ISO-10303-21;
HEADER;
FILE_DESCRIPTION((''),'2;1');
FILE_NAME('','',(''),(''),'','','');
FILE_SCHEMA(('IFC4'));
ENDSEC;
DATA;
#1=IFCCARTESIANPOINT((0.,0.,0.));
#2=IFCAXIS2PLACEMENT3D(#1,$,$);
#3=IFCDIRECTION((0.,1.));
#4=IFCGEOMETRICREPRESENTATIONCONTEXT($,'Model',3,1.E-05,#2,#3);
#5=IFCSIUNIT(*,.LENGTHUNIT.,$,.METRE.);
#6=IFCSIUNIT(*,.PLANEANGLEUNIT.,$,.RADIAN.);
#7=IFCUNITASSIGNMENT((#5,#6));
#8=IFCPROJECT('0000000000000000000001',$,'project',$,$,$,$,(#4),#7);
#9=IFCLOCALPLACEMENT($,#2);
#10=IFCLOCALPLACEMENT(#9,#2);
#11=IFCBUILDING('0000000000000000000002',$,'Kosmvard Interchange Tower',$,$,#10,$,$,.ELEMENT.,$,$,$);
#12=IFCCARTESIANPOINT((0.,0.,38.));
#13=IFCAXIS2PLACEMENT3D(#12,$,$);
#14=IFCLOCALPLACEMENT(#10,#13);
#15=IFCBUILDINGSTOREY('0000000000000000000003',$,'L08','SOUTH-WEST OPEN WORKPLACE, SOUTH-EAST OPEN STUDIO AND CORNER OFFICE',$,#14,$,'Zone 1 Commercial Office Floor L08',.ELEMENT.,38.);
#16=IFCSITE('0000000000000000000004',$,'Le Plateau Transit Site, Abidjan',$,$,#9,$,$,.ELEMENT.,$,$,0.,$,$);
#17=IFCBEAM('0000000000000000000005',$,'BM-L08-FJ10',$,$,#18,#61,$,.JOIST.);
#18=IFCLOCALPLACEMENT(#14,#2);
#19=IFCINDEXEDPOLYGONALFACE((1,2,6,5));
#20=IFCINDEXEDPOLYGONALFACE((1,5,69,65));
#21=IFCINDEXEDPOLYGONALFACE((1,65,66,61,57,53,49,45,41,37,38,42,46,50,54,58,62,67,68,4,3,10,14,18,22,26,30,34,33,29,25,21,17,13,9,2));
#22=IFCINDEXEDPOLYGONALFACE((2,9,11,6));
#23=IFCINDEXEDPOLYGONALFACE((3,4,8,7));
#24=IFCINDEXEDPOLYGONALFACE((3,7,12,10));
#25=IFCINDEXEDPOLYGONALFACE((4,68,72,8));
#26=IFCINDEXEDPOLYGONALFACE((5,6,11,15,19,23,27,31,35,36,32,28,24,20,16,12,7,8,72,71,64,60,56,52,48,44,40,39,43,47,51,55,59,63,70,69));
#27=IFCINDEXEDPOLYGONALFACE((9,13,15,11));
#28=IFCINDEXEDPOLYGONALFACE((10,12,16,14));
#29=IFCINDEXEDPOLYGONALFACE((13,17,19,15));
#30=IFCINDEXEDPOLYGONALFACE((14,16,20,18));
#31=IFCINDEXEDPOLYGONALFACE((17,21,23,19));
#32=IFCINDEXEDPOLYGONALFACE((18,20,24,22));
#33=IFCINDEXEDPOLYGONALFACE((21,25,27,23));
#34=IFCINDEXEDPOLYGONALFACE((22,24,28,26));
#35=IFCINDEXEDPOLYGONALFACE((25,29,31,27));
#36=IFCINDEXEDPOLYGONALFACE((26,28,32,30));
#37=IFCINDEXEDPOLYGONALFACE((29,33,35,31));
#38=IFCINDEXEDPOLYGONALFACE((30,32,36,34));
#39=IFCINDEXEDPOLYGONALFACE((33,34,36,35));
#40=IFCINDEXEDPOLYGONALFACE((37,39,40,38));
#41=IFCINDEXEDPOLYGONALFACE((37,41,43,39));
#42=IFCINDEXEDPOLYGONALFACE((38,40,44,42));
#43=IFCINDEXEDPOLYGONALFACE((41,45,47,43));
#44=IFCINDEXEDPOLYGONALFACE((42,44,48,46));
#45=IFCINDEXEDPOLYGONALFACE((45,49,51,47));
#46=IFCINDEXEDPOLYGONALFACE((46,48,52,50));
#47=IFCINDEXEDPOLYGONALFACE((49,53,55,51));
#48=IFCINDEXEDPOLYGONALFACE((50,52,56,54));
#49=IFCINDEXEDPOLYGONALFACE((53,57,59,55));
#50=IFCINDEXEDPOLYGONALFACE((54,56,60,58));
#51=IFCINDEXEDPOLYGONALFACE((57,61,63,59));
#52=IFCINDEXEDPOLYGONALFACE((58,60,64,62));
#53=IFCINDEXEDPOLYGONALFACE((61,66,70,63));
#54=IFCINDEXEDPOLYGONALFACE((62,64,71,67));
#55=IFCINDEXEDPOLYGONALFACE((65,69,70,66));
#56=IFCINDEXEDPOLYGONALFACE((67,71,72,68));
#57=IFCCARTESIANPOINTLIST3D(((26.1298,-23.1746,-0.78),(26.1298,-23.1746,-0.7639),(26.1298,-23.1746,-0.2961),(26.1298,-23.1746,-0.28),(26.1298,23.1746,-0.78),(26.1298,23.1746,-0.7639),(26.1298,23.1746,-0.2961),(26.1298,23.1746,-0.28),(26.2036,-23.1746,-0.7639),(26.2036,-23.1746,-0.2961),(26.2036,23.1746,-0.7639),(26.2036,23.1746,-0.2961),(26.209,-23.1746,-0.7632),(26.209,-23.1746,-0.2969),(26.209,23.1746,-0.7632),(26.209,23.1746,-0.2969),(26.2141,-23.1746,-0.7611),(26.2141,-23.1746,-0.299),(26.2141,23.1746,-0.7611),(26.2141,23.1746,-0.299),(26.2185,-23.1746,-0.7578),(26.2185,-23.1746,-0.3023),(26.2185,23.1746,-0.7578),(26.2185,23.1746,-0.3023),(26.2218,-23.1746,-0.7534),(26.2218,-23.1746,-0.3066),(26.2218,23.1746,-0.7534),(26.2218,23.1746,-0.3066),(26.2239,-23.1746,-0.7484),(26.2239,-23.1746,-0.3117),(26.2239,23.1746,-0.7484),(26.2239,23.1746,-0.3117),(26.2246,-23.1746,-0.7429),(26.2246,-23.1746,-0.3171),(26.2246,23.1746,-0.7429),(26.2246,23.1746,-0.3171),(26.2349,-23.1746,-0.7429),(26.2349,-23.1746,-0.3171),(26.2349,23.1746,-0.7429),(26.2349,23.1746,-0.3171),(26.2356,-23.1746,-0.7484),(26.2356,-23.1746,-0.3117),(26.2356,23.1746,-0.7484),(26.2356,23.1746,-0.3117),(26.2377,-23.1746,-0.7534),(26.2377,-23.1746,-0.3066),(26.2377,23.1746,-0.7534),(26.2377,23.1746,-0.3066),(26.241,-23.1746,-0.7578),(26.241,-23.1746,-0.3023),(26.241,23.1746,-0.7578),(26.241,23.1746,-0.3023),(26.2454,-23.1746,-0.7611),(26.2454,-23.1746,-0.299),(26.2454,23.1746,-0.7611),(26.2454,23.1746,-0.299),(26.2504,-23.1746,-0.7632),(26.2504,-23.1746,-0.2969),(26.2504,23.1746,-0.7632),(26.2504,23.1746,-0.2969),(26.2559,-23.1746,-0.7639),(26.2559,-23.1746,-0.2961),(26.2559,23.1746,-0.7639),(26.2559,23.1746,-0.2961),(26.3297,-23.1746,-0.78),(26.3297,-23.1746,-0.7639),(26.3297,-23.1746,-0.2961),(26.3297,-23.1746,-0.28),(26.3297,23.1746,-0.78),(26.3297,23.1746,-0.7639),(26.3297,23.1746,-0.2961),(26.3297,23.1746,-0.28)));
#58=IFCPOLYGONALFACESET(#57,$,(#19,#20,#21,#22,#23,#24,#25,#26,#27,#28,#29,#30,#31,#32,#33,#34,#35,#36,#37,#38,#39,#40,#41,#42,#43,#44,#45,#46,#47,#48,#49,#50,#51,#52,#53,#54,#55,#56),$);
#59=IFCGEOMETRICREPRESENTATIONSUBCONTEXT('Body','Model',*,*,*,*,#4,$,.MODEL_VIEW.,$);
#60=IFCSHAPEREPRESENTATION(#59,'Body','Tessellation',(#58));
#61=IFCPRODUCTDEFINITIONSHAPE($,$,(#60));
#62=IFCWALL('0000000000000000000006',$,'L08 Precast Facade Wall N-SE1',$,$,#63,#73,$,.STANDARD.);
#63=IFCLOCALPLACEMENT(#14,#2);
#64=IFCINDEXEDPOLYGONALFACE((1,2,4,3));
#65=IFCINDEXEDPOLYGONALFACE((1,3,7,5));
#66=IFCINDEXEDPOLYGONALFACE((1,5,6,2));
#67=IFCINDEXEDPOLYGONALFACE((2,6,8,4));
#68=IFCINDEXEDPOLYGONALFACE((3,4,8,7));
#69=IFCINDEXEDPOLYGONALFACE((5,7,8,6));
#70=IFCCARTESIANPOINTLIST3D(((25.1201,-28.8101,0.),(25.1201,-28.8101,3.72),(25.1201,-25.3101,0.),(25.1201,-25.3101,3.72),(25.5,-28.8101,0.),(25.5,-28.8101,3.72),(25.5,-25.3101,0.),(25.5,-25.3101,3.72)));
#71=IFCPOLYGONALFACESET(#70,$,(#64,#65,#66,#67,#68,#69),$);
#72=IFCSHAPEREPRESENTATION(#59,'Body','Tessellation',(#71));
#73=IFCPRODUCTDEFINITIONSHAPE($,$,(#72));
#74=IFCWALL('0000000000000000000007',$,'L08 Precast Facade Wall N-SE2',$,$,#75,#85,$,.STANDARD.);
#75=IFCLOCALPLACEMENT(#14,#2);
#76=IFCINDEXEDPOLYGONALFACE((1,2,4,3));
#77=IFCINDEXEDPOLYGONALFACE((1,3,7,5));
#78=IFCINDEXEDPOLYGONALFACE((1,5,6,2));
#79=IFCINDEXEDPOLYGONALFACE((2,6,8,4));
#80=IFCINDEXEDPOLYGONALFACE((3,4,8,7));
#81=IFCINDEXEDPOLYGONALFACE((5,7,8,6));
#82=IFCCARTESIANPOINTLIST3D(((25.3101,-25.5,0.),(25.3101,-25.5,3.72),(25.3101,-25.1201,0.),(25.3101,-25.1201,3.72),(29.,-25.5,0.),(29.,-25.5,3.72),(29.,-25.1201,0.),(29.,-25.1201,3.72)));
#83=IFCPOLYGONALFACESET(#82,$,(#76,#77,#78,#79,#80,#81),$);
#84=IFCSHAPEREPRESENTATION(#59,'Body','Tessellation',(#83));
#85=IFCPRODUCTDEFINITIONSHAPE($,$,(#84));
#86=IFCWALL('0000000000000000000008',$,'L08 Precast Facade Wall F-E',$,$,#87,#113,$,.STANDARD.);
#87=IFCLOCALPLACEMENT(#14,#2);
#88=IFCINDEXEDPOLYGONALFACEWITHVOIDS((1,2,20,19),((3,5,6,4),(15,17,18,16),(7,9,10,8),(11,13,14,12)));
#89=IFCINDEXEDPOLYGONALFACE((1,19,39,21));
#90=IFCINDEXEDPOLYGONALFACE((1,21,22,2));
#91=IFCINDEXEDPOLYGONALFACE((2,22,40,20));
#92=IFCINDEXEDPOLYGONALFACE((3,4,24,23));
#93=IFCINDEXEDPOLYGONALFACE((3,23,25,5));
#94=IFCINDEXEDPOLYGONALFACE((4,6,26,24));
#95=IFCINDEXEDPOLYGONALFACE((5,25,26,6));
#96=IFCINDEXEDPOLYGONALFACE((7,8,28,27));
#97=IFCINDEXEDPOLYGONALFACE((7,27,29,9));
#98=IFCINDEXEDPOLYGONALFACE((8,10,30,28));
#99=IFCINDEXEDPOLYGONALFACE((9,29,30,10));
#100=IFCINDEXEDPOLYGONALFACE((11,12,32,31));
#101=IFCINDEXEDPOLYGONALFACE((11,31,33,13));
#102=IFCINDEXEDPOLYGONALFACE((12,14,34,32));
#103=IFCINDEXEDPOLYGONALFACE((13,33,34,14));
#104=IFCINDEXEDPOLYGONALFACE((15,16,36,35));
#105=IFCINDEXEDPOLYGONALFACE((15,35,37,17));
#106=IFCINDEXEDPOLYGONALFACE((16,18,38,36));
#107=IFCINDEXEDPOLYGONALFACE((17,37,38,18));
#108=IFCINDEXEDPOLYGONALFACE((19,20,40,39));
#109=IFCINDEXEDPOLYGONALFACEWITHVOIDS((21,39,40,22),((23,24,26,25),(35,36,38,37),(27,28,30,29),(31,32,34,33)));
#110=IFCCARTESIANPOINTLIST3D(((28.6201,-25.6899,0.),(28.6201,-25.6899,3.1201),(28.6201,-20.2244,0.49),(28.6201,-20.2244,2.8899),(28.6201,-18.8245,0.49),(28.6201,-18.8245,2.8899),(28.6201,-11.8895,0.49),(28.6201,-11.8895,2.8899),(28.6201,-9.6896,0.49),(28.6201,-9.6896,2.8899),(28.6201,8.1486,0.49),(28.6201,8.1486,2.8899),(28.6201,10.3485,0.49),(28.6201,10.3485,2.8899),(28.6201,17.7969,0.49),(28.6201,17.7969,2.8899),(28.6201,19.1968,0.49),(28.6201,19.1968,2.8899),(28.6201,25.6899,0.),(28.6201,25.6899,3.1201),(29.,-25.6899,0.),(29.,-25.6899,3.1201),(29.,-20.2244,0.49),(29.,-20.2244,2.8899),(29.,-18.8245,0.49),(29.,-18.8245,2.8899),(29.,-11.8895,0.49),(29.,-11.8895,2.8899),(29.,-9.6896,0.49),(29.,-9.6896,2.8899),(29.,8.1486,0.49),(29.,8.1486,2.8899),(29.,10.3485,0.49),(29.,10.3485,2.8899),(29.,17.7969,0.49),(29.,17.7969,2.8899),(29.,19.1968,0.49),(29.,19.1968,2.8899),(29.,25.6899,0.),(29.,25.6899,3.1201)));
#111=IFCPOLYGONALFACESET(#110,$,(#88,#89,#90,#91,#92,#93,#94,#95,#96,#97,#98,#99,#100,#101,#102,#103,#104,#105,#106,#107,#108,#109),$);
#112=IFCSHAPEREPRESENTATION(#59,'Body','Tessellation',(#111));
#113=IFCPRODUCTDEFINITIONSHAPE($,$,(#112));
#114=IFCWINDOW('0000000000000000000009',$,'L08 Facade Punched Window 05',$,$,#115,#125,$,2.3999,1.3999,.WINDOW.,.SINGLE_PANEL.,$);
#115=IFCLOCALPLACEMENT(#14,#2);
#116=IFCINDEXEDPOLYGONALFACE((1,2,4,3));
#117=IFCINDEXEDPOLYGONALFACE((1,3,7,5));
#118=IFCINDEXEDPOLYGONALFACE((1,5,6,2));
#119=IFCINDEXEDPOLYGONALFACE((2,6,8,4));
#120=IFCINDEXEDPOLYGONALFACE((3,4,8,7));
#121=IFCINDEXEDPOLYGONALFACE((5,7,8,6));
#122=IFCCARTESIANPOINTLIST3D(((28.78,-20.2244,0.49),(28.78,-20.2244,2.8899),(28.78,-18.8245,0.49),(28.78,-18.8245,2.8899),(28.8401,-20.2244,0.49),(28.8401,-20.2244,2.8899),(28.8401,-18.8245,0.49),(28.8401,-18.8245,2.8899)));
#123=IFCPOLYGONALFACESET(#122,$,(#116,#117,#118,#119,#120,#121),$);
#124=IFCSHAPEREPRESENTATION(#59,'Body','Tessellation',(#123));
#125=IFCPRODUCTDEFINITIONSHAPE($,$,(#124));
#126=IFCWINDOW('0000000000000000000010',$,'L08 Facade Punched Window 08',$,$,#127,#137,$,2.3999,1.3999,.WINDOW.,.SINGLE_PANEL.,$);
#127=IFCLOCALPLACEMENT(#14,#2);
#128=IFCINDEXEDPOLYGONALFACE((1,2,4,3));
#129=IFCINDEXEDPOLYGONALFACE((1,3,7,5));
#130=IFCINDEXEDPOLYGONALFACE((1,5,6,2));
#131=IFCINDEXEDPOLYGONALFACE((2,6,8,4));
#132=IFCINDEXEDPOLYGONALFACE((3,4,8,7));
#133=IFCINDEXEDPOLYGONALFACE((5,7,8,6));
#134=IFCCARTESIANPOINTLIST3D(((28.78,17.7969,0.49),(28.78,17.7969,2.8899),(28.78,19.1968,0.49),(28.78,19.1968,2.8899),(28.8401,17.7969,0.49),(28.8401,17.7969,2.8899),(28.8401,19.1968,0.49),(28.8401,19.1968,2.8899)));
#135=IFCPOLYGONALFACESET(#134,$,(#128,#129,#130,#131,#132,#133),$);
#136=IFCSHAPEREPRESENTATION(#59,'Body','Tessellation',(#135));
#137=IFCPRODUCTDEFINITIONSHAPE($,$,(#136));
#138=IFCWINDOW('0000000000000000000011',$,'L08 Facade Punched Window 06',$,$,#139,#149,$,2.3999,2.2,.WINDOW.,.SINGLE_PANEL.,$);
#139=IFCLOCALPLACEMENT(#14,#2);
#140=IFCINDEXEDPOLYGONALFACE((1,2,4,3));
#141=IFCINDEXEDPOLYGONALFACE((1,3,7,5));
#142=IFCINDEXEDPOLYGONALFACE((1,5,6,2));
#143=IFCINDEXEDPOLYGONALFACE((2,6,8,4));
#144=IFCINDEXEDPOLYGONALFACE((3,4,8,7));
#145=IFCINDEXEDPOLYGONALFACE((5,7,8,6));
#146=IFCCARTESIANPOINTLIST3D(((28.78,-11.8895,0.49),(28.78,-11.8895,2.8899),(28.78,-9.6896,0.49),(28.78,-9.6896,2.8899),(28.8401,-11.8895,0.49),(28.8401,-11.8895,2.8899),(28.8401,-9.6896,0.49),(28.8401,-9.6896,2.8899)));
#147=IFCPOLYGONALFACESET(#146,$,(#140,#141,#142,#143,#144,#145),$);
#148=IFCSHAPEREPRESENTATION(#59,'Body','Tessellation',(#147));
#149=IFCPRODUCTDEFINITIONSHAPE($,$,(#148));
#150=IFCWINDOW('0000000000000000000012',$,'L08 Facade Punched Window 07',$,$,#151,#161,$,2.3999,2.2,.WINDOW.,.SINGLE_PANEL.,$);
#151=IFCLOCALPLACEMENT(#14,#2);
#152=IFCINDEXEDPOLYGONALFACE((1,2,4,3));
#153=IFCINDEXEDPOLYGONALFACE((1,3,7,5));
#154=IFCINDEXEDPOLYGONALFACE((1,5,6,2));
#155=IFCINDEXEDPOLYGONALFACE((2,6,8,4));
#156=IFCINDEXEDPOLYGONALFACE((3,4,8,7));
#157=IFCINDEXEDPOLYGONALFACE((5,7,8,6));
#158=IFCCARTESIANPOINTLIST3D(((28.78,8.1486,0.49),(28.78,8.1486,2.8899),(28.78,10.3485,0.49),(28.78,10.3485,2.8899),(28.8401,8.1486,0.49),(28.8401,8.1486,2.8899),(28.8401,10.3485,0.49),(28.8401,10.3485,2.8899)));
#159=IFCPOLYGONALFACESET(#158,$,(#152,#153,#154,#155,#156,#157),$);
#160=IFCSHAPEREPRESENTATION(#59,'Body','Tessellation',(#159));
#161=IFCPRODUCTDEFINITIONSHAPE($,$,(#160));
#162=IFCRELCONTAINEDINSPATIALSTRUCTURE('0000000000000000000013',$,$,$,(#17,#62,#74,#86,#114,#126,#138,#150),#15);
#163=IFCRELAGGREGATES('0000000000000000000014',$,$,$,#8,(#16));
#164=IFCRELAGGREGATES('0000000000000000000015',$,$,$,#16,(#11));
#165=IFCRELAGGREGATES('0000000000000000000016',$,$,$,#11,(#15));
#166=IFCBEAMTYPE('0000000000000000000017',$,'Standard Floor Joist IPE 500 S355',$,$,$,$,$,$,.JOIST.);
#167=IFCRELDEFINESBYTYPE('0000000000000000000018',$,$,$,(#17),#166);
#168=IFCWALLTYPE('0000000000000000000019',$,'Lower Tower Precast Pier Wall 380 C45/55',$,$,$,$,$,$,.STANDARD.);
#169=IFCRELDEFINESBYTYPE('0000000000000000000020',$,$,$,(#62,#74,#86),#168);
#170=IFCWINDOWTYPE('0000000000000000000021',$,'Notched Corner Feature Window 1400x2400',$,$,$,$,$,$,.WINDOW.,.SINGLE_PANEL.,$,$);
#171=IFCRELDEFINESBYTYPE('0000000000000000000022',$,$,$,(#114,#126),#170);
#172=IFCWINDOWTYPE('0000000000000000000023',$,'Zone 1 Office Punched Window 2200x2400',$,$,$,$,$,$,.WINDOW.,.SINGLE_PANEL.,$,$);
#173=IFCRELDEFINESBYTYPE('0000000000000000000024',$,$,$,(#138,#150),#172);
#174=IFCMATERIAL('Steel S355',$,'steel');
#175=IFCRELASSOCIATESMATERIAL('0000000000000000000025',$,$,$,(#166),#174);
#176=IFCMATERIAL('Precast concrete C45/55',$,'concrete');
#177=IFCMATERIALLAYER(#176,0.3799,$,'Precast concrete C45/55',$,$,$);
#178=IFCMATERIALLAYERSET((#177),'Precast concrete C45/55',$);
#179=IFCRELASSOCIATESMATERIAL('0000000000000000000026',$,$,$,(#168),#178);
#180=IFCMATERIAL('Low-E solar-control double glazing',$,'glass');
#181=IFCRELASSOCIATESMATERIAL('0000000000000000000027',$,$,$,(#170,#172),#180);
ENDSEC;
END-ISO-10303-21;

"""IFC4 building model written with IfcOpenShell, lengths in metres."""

from ifc_helpers import new_model, si_unit, direction, frame, frame_2d, origin, origin_2d, place, context, subcontext, project, spatial, rectangle, i_section, extrude, source, transform, mapped, material, layer, layer_set, material_profile, profile_set, type_object, element, fill, save


model = new_model("IFC4")

# Units and contexts
model_context = context("Model", 3, precision=1e-05, world=origin(), true_north=direction((0.0, 1.0)))
body_context = subcontext(model_context, "Body", "Model", "MODEL_VIEW")
ifc_project = project(units=[si_unit("LENGTHUNIT", "METRE"), si_unit("PLANEANGLEUNIT", "RADIAN")], contexts=[model_context])

# Site, building, storey
site_placement = place(None, origin())
site = spatial("IfcSite", under=ifc_project, at=site_placement, Name="Le Plateau Transit Site, Abidjan", CompositionType="ELEMENT", RefElevation=0.0)
building_placement = place(site_placement, origin())
building = spatial("IfcBuilding", under=site, at=building_placement, Name="Kosmvard Interchange Tower", CompositionType="ELEMENT")
storey_placement = place(building_placement, frame((0.0, 0.0, 38.0)))
storey = spatial("IfcBuildingStorey", under=building, at=storey_placement, Name="L08", Description="SOUTH-WEST OPEN WORKPLACE, SOUTH-EAST OPEN STUDIO AND CORNER OFFICE", LongName="Zone 1 Commercial Office Floor L08", CompositionType="ELEMENT", Elevation=38.0)

# Beam
ifc_material_1 = material(Name="Steel S355", Category="steel")
ifc_material_2 = material(Name="Precast concrete C45/55", Category="concrete")
ifc_material_profile_1 = material_profile(ifc_material_1, i_section(OverallWidth=0.2, OverallDepth=0.5, WebThickness=0.0103, FlangeThickness=0.0161, FilletRadius=0.021, at=origin_2d()), Name="IPE 500")
ifc_profile_set_1 = profile_set([ifc_material_profile_1], Name="Steel S355")
beam_type_1 = type_object("IfcBeamType", Name="Standard Floor Joist IPE 500 S355", PredefinedType="JOIST", material=ifc_profile_set_1)
shared_shape_1 = source(origin(), body_context, "Body", "SweptSolid", [
    extrude(i_section(OverallWidth=0.2, OverallDepth=0.5, WebThickness=0.0103, FlangeThickness=0.0161, FilletRadius=0.021, at=origin_2d()), origin(), (0.0, 0.0, 1.0), 46.3491),
])
beam_1_placement = place(storey_placement, frame((26.2297, -23.1746, -0.53), z_axis=(0.0, 1.0, 0.0), x_axis=(-1.0, 0.0, 0.0)))
element("IfcBeam", 1, at=beam_1_placement, inside=storey, type_object=beam_type_1, Name="BM-L08-FJ10", PredefinedType="JOIST", context=body_context, shape_type="MappedRepresentation", body=[
    mapped(shared_shape_1, transform((0.0, 0.0, 0.0), scale=1.0)),
])

# Walls
ifc_layer_1 = layer(ifc_material_2, 0.3799, Name="Precast concrete C45/55")
ifc_layer_set_1 = layer_set([ifc_layer_1], Name="Precast concrete C45/55")
wall_type = type_object("IfcWallType", Name="Lower Tower Precast Pier Wall 380 C45/55", PredefinedType="STANDARD", material=ifc_layer_set_1)
wall_1_placement = place(storey_placement, frame((25.3101, -28.8101, 0.0), z_axis=(0.0, 0.0, 1.0), x_axis=(0.0, 1.0, 0.0)))
element("IfcWall", 2, at=wall_1_placement, inside=storey, type_object=wall_type, Name="L08 Precast Facade Wall N-SE1", PredefinedType="STANDARD", context=body_context, shape_type="SweptSolid", body=[
    extrude(rectangle(XDim=3.5, YDim=0.3799, at=frame_2d((1.75, 0.0))), origin(), (0.0, 0.0, 1.0), 3.72),
])
wall_2_placement = place(storey_placement, frame((25.3101, -25.3101, 0.0), z_axis=(0.0, 0.0, 1.0), x_axis=(1.0, 0.0, 0.0)))
element("IfcWall", 3, at=wall_2_placement, inside=storey, type_object=wall_type, Name="L08 Precast Facade Wall N-SE2", PredefinedType="STANDARD", context=body_context, shape_type="SweptSolid", body=[
    extrude(rectangle(XDim=3.6899, YDim=0.3799, at=frame_2d((1.845, 0.0))), origin(), (0.0, 0.0, 1.0), 3.72),
])

# Wall, openings, windows
wall_3_placement = place(storey_placement, frame((28.8101, -25.6899, 0.0), z_axis=(0.0, 0.0, 1.0), x_axis=(0.0, 1.0, 0.0)))
wall_3 = element("IfcWall", 4, at=wall_3_placement, inside=storey, type_object=wall_type, Name="L08 Precast Facade Wall F-E", PredefinedType="STANDARD", context=body_context, shape_type="SweptSolid", body=[
    extrude(rectangle(XDim=51.3799, YDim=0.3799, at=frame_2d((25.6899, 0.0))), origin(), (0.0, 0.0, 1.0), 3.1201),
])
opening_1_placement = place(wall_3_placement, frame((5.4656, 0.0, 0.49)))
opening_1 = element("IfcOpeningElement", 5, at=opening_1_placement, cuts=wall_3, PredefinedType="OPENING", context=body_context, shape_type="SweptSolid", body=[
    extrude(rectangle(XDim=1.3999, YDim=2.3999, at=frame_2d((0.7, 1.2))), frame((0.0, 0.2, 0.0), z_axis=(0.0, -1.0, 0.0), x_axis=(1.0, 0.0, 0.0)), (0.0, 0.0, 1.0), 0.3999),
])
opening_2_placement = place(wall_3_placement, frame((13.8003, 0.0, 0.49)))
opening_2 = element("IfcOpeningElement", 6, at=opening_2_placement, cuts=wall_3, PredefinedType="OPENING", context=body_context, shape_type="SweptSolid", body=[
    extrude(rectangle(XDim=2.2, YDim=2.3999, at=frame_2d((1.1001, 1.2))), frame((0.0, 0.2, 0.0), z_axis=(0.0, -1.0, 0.0), x_axis=(1.0, 0.0, 0.0)), (0.0, 0.0, 1.0), 0.3999),
])
opening_3_placement = place(wall_3_placement, frame((33.8384, 0.0, 0.49)))
opening_3 = element("IfcOpeningElement", 7, at=opening_3_placement, cuts=wall_3, PredefinedType="OPENING", context=body_context, shape_type="SweptSolid", body=[
    extrude(rectangle(XDim=2.2, YDim=2.3999, at=frame_2d((1.1001, 1.2))), frame((0.0, 0.2, 0.0), z_axis=(0.0, -1.0, 0.0), x_axis=(1.0, 0.0, 0.0)), (0.0, 0.0, 1.0), 0.3999),
])
opening_4_placement = place(wall_3_placement, frame((43.4868, 0.0, 0.49)))
opening_4 = element("IfcOpeningElement", 8, at=opening_4_placement, cuts=wall_3, PredefinedType="OPENING", context=body_context, shape_type="SweptSolid", body=[
    extrude(rectangle(XDim=1.3999, YDim=2.3999, at=frame_2d((0.7, 1.2))), frame((0.0, 0.2, 0.0), z_axis=(0.0, -1.0, 0.0), x_axis=(1.0, 0.0, 0.0)), (0.0, 0.0, 1.0), 0.3999),
])
ifc_material_3 = material(Name="Low-E solar-control double glazing", Category="glass")
window_type_1 = type_object("IfcWindowType", Name="Notched Corner Feature Window 1400x2400", PartitioningType="SINGLE_PANEL", PredefinedType="WINDOW", material=ifc_material_3)
shared_shape_2 = source(origin(), body_context, "Body", "SweptSolid", [
    extrude(rectangle(XDim=1.3999, YDim=2.3999, at=frame_2d((0.7, 1.2))), frame((0.0, 0.03, 0.0), z_axis=(0.0, -1.0, 0.0), x_axis=(1.0, 0.0, 0.0)), (0.0, 0.0, 1.0), 0.0601),
])
window_1_placement = place(opening_1_placement, origin())
window_1 = element("IfcWindow", 9, at=window_1_placement, inside=storey, type_object=window_type_1, Name="L08 Facade Punched Window 05", OverallHeight=2.3999, OverallWidth=1.3999, PartitioningType="SINGLE_PANEL", PredefinedType="WINDOW", context=body_context, shape_type="MappedRepresentation", body=[
    mapped(shared_shape_2, transform((0.0, 0.0, 0.0), scale=1.0)),
])
fill(opening_1, window_1)
window_2_placement = place(opening_4_placement, origin())
window_2 = element("IfcWindow", 10, at=window_2_placement, inside=storey, type_object=window_type_1, Name="L08 Facade Punched Window 08", OverallHeight=2.3999, OverallWidth=1.3999, PartitioningType="SINGLE_PANEL", PredefinedType="WINDOW", context=body_context, shape_type="MappedRepresentation", body=[
    mapped(shared_shape_2, transform((0.0, 0.0, 0.0), scale=1.0)),
])
fill(opening_4, window_2)
window_type_2 = type_object("IfcWindowType", Name="Zone 1 Office Punched Window 2200x2400", PartitioningType="SINGLE_PANEL", PredefinedType="WINDOW", material=ifc_material_3)
shared_shape_3 = source(origin(), body_context, "Body", "SweptSolid", [
    extrude(rectangle(XDim=2.2, YDim=2.3999, at=frame_2d((1.1001, 1.2))), frame((0.0, 0.03, 0.0), z_axis=(0.0, -1.0, 0.0), x_axis=(1.0, 0.0, 0.0)), (0.0, 0.0, 1.0), 0.0601),
])
window_3_placement = place(opening_2_placement, origin())
window_3 = element("IfcWindow", 11, at=window_3_placement, inside=storey, type_object=window_type_2, Name="L08 Facade Punched Window 06", OverallHeight=2.3999, OverallWidth=2.2, PartitioningType="SINGLE_PANEL", PredefinedType="WINDOW", context=body_context, shape_type="MappedRepresentation", body=[
    mapped(shared_shape_3, transform((0.0, 0.0, 0.0), scale=1.0)),
])
fill(opening_2, window_3)
window_4_placement = place(opening_3_placement, origin())
window_4 = element("IfcWindow", 12, at=window_4_placement, inside=storey, type_object=window_type_2, Name="L08 Facade Punched Window 07", OverallHeight=2.3999, OverallWidth=2.2, PartitioningType="SINGLE_PANEL", PredefinedType="WINDOW", context=body_context, shape_type="MappedRepresentation", body=[
    mapped(shared_shape_3, transform((0.0, 0.0, 0.0), scale=1.0)),
])
fill(opening_3, window_4)

save(model, "model.ifc")
